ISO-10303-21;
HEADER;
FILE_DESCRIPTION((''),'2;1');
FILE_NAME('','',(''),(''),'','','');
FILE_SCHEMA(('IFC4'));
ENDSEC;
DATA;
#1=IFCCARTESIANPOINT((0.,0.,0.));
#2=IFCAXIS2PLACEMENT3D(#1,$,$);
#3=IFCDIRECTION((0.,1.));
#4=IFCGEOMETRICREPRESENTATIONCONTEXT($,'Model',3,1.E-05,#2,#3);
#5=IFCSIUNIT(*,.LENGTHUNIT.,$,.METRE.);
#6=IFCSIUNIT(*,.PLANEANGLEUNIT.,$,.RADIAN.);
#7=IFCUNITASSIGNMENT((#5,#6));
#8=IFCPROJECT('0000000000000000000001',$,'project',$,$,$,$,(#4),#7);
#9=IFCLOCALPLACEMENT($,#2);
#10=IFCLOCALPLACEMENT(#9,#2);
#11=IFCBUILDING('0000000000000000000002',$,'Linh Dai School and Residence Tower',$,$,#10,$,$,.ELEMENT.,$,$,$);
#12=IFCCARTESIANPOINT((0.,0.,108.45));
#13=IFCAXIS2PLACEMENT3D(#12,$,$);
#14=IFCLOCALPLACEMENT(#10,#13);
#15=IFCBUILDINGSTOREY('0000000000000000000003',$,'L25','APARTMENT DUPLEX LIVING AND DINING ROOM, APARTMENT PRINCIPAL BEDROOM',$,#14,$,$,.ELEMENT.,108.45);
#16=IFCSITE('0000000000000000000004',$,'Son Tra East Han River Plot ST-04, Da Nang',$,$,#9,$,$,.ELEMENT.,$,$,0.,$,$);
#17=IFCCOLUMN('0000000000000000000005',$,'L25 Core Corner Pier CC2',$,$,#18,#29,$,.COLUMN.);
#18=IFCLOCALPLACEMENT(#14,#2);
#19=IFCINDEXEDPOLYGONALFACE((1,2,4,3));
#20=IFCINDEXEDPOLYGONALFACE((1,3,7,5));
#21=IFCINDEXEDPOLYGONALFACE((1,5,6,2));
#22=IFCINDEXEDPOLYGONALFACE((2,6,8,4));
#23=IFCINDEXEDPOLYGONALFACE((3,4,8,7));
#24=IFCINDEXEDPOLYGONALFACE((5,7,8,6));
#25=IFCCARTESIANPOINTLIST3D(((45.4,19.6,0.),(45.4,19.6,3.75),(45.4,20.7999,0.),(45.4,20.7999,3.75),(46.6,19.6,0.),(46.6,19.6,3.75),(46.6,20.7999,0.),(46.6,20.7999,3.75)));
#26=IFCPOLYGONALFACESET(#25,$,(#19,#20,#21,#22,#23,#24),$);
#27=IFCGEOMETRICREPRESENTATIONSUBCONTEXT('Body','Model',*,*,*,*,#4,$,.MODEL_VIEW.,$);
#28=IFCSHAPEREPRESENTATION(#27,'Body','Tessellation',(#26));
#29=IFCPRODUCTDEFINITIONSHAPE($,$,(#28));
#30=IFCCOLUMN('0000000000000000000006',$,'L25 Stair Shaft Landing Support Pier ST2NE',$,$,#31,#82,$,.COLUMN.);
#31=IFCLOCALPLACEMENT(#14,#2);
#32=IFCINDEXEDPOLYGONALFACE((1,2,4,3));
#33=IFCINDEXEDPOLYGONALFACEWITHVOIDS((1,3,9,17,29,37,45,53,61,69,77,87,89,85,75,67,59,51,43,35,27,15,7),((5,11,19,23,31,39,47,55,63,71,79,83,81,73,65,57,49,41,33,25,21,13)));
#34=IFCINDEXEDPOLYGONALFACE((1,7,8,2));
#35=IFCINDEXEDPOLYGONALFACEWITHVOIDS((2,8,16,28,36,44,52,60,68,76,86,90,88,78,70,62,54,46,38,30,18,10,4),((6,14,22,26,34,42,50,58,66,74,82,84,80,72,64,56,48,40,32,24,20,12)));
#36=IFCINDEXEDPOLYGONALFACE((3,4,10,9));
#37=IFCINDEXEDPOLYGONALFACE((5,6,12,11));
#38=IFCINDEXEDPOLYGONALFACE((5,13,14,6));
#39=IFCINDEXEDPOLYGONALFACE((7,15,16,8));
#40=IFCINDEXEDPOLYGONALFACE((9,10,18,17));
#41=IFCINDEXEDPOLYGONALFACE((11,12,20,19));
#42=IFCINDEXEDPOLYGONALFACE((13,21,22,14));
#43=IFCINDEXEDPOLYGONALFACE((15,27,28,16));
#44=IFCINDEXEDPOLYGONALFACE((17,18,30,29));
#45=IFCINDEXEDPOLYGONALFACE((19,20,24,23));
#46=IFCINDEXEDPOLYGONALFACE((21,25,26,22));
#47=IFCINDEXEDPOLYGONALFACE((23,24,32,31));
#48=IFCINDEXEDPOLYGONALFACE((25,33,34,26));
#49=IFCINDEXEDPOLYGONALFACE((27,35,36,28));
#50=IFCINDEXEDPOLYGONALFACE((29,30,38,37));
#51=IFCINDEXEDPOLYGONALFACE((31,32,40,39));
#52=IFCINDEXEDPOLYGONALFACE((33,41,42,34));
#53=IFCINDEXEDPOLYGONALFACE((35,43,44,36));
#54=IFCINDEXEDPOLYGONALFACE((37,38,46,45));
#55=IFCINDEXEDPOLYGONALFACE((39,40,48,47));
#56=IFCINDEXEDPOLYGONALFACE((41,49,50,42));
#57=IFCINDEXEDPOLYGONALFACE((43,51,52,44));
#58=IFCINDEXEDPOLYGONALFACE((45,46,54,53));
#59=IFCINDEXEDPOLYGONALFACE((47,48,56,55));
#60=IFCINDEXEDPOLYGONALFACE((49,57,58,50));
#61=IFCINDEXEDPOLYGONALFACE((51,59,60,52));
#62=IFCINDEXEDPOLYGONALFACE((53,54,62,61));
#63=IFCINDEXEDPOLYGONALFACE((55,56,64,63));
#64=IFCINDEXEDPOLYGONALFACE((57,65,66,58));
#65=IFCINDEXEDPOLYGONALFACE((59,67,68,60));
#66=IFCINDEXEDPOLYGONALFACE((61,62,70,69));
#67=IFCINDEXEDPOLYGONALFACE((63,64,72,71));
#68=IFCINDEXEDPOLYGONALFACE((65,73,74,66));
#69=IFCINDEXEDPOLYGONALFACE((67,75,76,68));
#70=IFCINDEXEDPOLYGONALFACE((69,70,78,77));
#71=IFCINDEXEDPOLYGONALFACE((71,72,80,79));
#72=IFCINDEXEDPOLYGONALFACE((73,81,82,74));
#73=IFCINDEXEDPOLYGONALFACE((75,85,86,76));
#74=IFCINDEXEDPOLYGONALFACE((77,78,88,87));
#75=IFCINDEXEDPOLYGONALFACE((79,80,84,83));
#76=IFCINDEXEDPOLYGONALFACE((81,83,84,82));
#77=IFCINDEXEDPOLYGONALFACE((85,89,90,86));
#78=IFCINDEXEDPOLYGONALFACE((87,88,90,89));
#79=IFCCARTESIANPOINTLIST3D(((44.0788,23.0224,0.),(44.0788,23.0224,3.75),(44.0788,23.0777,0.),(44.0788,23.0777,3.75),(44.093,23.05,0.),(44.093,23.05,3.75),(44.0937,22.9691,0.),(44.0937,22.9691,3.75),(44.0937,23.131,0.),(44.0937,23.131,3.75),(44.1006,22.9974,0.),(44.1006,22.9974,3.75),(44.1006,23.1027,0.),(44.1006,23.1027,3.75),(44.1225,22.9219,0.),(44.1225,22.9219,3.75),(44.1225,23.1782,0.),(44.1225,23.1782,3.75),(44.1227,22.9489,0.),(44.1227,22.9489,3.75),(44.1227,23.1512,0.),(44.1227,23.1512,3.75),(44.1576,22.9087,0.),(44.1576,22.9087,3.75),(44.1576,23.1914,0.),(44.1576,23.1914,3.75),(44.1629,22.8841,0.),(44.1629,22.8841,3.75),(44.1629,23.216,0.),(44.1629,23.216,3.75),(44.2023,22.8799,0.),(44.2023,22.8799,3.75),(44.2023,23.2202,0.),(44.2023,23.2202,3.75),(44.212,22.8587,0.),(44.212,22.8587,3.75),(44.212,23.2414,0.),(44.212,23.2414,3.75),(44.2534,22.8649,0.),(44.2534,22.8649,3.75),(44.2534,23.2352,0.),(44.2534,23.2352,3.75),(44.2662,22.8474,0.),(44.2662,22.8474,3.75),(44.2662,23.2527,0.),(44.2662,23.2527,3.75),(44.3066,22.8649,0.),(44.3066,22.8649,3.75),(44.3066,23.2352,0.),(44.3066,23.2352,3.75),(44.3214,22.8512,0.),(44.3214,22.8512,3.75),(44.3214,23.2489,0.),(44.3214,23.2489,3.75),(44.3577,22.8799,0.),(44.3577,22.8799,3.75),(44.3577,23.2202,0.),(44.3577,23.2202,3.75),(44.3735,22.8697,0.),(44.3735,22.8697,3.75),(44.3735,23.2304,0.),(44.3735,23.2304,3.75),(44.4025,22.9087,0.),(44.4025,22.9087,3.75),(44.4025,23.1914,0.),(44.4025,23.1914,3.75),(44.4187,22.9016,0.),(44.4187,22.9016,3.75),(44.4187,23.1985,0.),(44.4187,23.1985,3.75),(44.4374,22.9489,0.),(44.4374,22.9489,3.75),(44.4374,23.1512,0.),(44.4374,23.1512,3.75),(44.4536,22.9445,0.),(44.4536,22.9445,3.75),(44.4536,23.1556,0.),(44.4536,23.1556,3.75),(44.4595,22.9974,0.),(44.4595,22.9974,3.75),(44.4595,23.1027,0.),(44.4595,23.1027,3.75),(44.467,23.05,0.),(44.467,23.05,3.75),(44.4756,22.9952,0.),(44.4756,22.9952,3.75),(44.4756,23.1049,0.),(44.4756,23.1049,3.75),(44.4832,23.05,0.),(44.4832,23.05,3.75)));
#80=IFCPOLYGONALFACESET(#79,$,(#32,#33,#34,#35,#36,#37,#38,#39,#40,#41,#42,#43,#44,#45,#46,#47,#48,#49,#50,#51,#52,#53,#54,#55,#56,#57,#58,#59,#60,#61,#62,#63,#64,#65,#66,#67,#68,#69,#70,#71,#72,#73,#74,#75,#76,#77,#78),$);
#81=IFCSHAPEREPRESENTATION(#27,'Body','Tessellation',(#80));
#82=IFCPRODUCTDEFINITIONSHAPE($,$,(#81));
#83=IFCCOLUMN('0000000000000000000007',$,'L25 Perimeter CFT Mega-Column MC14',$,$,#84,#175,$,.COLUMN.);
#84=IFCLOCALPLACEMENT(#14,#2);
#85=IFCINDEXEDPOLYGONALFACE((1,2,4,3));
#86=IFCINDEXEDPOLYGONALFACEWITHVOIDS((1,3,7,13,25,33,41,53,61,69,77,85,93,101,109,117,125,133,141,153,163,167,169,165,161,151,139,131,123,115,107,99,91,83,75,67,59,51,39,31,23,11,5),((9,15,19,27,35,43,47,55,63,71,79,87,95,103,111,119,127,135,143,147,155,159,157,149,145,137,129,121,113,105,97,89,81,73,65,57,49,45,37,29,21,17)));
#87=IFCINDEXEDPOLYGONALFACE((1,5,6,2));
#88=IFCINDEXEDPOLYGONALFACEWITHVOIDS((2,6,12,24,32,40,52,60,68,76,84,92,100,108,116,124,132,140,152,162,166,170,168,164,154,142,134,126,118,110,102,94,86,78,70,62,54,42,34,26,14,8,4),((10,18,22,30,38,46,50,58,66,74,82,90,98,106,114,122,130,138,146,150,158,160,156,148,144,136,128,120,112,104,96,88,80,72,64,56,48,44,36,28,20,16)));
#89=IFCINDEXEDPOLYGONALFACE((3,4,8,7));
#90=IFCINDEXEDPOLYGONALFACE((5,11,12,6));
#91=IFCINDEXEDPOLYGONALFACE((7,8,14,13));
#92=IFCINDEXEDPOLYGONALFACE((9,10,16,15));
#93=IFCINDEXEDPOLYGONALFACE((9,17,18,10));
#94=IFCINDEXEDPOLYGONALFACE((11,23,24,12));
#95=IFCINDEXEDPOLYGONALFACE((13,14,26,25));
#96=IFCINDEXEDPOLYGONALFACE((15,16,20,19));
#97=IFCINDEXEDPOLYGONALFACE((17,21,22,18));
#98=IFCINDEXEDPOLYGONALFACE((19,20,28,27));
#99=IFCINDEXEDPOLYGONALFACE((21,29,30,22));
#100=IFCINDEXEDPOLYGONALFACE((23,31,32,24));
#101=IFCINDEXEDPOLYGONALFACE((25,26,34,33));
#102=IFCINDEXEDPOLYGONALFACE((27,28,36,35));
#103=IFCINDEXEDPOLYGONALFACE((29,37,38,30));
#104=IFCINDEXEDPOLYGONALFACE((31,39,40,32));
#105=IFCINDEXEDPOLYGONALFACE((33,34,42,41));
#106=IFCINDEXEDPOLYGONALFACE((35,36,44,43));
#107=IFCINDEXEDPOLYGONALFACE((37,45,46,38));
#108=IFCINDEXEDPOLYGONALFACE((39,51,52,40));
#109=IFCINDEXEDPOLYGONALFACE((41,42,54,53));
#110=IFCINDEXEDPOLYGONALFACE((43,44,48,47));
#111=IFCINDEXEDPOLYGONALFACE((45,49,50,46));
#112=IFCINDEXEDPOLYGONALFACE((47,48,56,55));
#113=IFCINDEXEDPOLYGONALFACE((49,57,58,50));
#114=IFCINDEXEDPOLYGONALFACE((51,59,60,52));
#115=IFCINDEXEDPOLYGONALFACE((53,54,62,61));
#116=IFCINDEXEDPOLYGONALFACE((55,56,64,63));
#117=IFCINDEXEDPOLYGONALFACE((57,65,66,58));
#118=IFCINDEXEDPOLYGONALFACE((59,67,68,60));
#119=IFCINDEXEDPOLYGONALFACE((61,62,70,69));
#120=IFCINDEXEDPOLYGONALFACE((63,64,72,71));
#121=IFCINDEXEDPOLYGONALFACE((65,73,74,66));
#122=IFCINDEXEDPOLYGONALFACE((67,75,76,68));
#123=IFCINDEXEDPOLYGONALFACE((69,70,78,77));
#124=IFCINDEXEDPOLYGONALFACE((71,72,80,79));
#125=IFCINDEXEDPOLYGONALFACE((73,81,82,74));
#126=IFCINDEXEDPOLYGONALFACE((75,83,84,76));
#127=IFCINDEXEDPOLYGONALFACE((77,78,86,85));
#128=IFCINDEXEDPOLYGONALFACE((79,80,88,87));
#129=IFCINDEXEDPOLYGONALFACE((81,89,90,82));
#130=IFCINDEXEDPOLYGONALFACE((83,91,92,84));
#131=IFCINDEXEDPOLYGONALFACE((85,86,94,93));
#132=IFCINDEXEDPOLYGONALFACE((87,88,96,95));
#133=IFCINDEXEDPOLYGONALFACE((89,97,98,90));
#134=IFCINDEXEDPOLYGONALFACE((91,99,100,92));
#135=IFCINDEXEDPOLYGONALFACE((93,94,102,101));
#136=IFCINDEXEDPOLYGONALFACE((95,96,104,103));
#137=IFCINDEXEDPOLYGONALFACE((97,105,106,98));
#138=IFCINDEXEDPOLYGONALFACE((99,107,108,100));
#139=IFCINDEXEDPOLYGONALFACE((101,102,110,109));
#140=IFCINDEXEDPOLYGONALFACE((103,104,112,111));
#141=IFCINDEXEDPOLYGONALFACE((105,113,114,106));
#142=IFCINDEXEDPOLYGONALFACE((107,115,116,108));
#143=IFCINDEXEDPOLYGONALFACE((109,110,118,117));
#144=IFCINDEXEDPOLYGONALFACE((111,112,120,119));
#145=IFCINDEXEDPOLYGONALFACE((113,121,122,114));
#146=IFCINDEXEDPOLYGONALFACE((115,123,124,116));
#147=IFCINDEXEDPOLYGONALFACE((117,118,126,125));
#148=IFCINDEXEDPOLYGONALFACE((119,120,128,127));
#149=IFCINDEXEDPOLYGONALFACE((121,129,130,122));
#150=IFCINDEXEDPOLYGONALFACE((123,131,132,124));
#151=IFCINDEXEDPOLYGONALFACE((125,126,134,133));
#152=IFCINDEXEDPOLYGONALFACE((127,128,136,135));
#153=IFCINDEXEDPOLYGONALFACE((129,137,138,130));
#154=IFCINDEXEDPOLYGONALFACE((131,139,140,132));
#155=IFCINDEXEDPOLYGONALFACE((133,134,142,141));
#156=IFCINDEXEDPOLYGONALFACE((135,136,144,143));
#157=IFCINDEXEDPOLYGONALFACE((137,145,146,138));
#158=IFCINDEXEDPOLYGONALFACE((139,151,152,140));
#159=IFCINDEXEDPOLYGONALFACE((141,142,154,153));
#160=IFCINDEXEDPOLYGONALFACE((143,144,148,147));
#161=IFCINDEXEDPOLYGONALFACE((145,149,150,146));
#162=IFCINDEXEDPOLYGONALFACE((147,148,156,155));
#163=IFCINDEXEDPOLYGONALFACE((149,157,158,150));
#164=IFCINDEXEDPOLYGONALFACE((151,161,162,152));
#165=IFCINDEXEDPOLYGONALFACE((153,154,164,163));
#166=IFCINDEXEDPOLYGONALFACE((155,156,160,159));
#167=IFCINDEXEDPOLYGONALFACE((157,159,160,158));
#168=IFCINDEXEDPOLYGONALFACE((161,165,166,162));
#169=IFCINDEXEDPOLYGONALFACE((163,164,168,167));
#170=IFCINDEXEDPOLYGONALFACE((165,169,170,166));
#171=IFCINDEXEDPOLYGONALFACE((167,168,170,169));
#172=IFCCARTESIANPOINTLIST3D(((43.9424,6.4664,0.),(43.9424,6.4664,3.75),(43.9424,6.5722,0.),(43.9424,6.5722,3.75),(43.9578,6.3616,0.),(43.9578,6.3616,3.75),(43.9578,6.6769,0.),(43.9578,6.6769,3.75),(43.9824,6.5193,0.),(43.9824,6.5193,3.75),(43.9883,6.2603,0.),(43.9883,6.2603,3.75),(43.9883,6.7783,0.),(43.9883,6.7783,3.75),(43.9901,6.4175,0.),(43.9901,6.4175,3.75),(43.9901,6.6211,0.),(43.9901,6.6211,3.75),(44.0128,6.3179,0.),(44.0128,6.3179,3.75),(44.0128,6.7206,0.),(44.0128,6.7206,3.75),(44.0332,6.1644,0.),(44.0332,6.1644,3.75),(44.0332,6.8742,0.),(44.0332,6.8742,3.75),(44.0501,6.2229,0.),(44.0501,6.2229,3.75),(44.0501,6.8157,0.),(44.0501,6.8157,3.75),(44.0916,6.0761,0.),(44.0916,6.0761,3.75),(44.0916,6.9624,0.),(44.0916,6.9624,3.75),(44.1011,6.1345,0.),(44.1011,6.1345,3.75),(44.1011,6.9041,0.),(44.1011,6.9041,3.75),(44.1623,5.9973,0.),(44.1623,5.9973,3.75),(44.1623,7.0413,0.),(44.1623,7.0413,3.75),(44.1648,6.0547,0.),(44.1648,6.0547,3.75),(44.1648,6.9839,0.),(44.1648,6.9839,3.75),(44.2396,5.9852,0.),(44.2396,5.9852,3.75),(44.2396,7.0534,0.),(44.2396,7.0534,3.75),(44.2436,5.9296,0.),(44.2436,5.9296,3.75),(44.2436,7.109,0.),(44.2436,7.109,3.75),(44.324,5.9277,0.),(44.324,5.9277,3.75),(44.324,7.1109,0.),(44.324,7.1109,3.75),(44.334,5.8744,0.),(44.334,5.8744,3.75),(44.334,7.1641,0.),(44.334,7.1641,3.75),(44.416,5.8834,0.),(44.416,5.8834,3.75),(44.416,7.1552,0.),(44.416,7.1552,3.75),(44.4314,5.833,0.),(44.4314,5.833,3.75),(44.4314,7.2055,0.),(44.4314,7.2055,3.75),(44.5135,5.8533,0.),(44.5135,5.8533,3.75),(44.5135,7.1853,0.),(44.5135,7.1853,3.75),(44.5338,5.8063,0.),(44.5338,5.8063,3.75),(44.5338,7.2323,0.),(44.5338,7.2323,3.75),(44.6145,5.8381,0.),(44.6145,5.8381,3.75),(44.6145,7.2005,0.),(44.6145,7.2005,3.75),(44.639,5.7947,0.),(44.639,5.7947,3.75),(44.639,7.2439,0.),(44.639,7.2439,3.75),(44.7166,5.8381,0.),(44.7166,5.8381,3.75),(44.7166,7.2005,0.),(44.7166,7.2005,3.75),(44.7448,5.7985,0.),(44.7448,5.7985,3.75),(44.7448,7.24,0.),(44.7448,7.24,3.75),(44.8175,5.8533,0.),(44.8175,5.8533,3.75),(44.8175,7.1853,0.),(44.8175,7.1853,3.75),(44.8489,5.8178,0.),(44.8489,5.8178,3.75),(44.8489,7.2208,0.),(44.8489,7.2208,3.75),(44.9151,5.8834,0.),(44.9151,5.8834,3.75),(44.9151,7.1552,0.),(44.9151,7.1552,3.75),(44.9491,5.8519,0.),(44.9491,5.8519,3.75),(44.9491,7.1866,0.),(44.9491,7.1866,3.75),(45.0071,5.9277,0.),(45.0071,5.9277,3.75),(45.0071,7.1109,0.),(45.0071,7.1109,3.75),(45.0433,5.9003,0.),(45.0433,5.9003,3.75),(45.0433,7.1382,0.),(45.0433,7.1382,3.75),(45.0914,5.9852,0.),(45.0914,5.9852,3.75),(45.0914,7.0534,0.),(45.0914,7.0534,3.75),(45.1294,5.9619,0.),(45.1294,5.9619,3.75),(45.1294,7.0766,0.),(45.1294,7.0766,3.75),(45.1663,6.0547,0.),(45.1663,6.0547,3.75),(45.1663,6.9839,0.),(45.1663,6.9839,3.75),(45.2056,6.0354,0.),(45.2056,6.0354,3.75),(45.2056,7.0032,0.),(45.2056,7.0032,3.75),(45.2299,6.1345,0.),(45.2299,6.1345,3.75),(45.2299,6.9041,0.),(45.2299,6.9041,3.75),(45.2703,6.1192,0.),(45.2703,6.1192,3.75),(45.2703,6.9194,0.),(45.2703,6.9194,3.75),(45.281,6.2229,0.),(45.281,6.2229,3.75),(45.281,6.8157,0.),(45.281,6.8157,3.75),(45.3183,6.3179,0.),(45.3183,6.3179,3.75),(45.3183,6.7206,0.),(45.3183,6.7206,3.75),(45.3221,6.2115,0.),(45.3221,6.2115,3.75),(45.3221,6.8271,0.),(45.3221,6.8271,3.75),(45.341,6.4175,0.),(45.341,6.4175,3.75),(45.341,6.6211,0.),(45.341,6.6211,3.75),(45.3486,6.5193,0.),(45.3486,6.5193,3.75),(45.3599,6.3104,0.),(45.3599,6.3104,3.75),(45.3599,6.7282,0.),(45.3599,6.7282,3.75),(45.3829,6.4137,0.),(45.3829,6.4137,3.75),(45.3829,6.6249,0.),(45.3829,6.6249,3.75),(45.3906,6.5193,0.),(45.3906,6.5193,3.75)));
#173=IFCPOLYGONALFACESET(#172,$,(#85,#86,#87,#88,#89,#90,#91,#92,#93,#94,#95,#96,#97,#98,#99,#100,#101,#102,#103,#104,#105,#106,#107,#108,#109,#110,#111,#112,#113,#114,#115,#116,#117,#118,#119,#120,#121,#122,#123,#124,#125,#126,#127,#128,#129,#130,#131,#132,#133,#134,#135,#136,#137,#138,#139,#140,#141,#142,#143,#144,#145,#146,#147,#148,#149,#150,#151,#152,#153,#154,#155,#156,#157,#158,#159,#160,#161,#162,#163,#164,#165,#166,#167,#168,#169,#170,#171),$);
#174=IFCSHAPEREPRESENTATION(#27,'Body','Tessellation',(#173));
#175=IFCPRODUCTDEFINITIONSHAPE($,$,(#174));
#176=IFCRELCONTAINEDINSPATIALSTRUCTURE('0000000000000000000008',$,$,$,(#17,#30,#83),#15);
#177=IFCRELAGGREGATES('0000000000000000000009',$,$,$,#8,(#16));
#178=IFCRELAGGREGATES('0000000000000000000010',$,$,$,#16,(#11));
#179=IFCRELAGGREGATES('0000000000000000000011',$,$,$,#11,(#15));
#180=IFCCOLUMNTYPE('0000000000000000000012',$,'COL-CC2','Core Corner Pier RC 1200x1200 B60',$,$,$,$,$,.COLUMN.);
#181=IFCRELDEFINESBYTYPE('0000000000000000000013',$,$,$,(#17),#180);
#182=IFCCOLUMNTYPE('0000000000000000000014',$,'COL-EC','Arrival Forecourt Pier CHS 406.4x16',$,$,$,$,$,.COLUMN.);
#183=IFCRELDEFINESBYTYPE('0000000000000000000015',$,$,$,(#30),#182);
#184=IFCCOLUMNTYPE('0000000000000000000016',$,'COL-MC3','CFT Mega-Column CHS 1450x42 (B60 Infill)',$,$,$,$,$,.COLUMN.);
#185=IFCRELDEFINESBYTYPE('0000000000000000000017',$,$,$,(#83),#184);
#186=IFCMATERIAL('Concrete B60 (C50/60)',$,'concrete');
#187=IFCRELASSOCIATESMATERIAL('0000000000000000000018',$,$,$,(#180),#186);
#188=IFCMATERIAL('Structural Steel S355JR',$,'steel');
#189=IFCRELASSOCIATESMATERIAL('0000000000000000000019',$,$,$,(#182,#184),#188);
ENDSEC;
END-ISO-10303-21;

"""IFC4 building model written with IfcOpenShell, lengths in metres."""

from ifc_helpers import new_model, si_unit, direction, frame, origin, origin_2d, place, context, subcontext, project, spatial, rectangle, hollow_circle, extrude, material, material_profile, profile_set, type_object, element, save


model = new_model("IFC4")

# Units and contexts
model_context = context("Model", 3, precision=1e-05, world=origin(), true_north=direction((0.0, 1.0)))
body_context = subcontext(model_context, "Body", "Model", "MODEL_VIEW")
ifc_project = project(units=[si_unit("LENGTHUNIT", "METRE"), si_unit("PLANEANGLEUNIT", "RADIAN")], contexts=[model_context])

# Site, building, storey
site_placement = place(None, origin())
site = spatial("IfcSite", under=ifc_project, at=site_placement, Name="Son Tra East Han River Plot ST-04, Da Nang", CompositionType="ELEMENT", RefElevation=0.0)
building_placement = place(site_placement, origin())
building = spatial("IfcBuilding", under=site, at=building_placement, Name="Linh Dai School and Residence Tower", CompositionType="ELEMENT")
storey_placement = place(building_placement, frame((0.0, 0.0, 108.45)))
storey = spatial("IfcBuildingStorey", under=building, at=storey_placement, Name="L25", Description="APARTMENT DUPLEX LIVING AND DINING ROOM, APARTMENT PRINCIPAL BEDROOM", CompositionType="ELEMENT", Elevation=108.45)

# Columns
ifc_material_1 = material(Name="Concrete B60 (C50/60)", Category="concrete")
ifc_material_profile_1 = material_profile(ifc_material_1, rectangle(XDim=1.2, YDim=1.2, at=origin_2d()), Name="RC 1200x1200")
ifc_profile_set_1 = profile_set([ifc_material_profile_1], Name="Concrete B60 (C50/60)")
column_type_1 = type_object("IfcColumnType", Name="COL-CC2", Description="Core Corner Pier RC 1200x1200 B60", PredefinedType="COLUMN", material=ifc_profile_set_1)
column_1_placement = place(storey_placement, frame((46.0, 20.2, 0.0), z_axis=(0.0, 0.0, 1.0), x_axis=(1.0, 0.0, 0.0)))
element("IfcColumn", 1, at=column_1_placement, inside=storey, type_object=column_type_1, Name="L25 Core Corner Pier CC2", PredefinedType="COLUMN", context=body_context, shape_type="SweptSolid", body=[
    extrude(rectangle(XDim=1.2, YDim=1.2, at=origin_2d()), origin(), (0.0, 0.0, 1.0), 3.75),
])
ifc_material_2 = material(Name="Structural Steel S355JR", Category="steel")
ifc_material_profile_2 = material_profile(ifc_material_2, hollow_circle(Radius=0.2031, WallThickness=0.0161, at=origin_2d()), Name="CHS 406.4x16")
ifc_profile_set_2 = profile_set([ifc_material_profile_2], Name="Structural Steel S355JR")
column_type_2 = type_object("IfcColumnType", Name="COL-EC", Description="Arrival Forecourt Pier CHS 406.4x16", PredefinedType="COLUMN", material=ifc_profile_set_2)
column_2_placement = place(storey_placement, frame((44.28, 23.05, 0.0), z_axis=(0.0, 0.0, 1.0), x_axis=(1.0, 0.0, 0.0)))
element("IfcColumn", 2, at=column_2_placement, inside=storey, type_object=column_type_2, Name="L25 Stair Shaft Landing Support Pier ST2NE", PredefinedType="COLUMN", context=body_context, shape_type="SweptSolid", body=[
    extrude(hollow_circle(Radius=0.2031, WallThickness=0.0161, at=origin_2d()), origin(), (0.0, 0.0, 1.0), 3.75),
])
ifc_material_profile_3 = material_profile(ifc_material_2, hollow_circle(Radius=0.7251, WallThickness=0.042, at=origin_2d()), Name="CHS 1450x42")
ifc_profile_set_3 = profile_set([ifc_material_profile_3], Name="Structural Steel S355JR")
column_type_3 = type_object("IfcColumnType", Name="COL-MC3", Description="CFT Mega-Column CHS 1450x42 (B60 Infill)", PredefinedType="COLUMN", material=ifc_profile_set_3)
column_3_placement = place(storey_placement, frame((44.6655, 6.5193, 0.0), z_axis=(0.0, 0.0, 1.0), x_axis=(1.0, 0.0, 0.0)))
element("IfcColumn", 3, at=column_3_placement, inside=storey, type_object=column_type_3, Name="L25 Perimeter CFT Mega-Column MC14", PredefinedType="COLUMN", context=body_context, shape_type="SweptSolid", body=[
    extrude(hollow_circle(Radius=0.7251, WallThickness=0.042, at=origin_2d()), origin(), (0.0, 0.0, 1.0), 3.75),
])

save(model, "model.ifc")
